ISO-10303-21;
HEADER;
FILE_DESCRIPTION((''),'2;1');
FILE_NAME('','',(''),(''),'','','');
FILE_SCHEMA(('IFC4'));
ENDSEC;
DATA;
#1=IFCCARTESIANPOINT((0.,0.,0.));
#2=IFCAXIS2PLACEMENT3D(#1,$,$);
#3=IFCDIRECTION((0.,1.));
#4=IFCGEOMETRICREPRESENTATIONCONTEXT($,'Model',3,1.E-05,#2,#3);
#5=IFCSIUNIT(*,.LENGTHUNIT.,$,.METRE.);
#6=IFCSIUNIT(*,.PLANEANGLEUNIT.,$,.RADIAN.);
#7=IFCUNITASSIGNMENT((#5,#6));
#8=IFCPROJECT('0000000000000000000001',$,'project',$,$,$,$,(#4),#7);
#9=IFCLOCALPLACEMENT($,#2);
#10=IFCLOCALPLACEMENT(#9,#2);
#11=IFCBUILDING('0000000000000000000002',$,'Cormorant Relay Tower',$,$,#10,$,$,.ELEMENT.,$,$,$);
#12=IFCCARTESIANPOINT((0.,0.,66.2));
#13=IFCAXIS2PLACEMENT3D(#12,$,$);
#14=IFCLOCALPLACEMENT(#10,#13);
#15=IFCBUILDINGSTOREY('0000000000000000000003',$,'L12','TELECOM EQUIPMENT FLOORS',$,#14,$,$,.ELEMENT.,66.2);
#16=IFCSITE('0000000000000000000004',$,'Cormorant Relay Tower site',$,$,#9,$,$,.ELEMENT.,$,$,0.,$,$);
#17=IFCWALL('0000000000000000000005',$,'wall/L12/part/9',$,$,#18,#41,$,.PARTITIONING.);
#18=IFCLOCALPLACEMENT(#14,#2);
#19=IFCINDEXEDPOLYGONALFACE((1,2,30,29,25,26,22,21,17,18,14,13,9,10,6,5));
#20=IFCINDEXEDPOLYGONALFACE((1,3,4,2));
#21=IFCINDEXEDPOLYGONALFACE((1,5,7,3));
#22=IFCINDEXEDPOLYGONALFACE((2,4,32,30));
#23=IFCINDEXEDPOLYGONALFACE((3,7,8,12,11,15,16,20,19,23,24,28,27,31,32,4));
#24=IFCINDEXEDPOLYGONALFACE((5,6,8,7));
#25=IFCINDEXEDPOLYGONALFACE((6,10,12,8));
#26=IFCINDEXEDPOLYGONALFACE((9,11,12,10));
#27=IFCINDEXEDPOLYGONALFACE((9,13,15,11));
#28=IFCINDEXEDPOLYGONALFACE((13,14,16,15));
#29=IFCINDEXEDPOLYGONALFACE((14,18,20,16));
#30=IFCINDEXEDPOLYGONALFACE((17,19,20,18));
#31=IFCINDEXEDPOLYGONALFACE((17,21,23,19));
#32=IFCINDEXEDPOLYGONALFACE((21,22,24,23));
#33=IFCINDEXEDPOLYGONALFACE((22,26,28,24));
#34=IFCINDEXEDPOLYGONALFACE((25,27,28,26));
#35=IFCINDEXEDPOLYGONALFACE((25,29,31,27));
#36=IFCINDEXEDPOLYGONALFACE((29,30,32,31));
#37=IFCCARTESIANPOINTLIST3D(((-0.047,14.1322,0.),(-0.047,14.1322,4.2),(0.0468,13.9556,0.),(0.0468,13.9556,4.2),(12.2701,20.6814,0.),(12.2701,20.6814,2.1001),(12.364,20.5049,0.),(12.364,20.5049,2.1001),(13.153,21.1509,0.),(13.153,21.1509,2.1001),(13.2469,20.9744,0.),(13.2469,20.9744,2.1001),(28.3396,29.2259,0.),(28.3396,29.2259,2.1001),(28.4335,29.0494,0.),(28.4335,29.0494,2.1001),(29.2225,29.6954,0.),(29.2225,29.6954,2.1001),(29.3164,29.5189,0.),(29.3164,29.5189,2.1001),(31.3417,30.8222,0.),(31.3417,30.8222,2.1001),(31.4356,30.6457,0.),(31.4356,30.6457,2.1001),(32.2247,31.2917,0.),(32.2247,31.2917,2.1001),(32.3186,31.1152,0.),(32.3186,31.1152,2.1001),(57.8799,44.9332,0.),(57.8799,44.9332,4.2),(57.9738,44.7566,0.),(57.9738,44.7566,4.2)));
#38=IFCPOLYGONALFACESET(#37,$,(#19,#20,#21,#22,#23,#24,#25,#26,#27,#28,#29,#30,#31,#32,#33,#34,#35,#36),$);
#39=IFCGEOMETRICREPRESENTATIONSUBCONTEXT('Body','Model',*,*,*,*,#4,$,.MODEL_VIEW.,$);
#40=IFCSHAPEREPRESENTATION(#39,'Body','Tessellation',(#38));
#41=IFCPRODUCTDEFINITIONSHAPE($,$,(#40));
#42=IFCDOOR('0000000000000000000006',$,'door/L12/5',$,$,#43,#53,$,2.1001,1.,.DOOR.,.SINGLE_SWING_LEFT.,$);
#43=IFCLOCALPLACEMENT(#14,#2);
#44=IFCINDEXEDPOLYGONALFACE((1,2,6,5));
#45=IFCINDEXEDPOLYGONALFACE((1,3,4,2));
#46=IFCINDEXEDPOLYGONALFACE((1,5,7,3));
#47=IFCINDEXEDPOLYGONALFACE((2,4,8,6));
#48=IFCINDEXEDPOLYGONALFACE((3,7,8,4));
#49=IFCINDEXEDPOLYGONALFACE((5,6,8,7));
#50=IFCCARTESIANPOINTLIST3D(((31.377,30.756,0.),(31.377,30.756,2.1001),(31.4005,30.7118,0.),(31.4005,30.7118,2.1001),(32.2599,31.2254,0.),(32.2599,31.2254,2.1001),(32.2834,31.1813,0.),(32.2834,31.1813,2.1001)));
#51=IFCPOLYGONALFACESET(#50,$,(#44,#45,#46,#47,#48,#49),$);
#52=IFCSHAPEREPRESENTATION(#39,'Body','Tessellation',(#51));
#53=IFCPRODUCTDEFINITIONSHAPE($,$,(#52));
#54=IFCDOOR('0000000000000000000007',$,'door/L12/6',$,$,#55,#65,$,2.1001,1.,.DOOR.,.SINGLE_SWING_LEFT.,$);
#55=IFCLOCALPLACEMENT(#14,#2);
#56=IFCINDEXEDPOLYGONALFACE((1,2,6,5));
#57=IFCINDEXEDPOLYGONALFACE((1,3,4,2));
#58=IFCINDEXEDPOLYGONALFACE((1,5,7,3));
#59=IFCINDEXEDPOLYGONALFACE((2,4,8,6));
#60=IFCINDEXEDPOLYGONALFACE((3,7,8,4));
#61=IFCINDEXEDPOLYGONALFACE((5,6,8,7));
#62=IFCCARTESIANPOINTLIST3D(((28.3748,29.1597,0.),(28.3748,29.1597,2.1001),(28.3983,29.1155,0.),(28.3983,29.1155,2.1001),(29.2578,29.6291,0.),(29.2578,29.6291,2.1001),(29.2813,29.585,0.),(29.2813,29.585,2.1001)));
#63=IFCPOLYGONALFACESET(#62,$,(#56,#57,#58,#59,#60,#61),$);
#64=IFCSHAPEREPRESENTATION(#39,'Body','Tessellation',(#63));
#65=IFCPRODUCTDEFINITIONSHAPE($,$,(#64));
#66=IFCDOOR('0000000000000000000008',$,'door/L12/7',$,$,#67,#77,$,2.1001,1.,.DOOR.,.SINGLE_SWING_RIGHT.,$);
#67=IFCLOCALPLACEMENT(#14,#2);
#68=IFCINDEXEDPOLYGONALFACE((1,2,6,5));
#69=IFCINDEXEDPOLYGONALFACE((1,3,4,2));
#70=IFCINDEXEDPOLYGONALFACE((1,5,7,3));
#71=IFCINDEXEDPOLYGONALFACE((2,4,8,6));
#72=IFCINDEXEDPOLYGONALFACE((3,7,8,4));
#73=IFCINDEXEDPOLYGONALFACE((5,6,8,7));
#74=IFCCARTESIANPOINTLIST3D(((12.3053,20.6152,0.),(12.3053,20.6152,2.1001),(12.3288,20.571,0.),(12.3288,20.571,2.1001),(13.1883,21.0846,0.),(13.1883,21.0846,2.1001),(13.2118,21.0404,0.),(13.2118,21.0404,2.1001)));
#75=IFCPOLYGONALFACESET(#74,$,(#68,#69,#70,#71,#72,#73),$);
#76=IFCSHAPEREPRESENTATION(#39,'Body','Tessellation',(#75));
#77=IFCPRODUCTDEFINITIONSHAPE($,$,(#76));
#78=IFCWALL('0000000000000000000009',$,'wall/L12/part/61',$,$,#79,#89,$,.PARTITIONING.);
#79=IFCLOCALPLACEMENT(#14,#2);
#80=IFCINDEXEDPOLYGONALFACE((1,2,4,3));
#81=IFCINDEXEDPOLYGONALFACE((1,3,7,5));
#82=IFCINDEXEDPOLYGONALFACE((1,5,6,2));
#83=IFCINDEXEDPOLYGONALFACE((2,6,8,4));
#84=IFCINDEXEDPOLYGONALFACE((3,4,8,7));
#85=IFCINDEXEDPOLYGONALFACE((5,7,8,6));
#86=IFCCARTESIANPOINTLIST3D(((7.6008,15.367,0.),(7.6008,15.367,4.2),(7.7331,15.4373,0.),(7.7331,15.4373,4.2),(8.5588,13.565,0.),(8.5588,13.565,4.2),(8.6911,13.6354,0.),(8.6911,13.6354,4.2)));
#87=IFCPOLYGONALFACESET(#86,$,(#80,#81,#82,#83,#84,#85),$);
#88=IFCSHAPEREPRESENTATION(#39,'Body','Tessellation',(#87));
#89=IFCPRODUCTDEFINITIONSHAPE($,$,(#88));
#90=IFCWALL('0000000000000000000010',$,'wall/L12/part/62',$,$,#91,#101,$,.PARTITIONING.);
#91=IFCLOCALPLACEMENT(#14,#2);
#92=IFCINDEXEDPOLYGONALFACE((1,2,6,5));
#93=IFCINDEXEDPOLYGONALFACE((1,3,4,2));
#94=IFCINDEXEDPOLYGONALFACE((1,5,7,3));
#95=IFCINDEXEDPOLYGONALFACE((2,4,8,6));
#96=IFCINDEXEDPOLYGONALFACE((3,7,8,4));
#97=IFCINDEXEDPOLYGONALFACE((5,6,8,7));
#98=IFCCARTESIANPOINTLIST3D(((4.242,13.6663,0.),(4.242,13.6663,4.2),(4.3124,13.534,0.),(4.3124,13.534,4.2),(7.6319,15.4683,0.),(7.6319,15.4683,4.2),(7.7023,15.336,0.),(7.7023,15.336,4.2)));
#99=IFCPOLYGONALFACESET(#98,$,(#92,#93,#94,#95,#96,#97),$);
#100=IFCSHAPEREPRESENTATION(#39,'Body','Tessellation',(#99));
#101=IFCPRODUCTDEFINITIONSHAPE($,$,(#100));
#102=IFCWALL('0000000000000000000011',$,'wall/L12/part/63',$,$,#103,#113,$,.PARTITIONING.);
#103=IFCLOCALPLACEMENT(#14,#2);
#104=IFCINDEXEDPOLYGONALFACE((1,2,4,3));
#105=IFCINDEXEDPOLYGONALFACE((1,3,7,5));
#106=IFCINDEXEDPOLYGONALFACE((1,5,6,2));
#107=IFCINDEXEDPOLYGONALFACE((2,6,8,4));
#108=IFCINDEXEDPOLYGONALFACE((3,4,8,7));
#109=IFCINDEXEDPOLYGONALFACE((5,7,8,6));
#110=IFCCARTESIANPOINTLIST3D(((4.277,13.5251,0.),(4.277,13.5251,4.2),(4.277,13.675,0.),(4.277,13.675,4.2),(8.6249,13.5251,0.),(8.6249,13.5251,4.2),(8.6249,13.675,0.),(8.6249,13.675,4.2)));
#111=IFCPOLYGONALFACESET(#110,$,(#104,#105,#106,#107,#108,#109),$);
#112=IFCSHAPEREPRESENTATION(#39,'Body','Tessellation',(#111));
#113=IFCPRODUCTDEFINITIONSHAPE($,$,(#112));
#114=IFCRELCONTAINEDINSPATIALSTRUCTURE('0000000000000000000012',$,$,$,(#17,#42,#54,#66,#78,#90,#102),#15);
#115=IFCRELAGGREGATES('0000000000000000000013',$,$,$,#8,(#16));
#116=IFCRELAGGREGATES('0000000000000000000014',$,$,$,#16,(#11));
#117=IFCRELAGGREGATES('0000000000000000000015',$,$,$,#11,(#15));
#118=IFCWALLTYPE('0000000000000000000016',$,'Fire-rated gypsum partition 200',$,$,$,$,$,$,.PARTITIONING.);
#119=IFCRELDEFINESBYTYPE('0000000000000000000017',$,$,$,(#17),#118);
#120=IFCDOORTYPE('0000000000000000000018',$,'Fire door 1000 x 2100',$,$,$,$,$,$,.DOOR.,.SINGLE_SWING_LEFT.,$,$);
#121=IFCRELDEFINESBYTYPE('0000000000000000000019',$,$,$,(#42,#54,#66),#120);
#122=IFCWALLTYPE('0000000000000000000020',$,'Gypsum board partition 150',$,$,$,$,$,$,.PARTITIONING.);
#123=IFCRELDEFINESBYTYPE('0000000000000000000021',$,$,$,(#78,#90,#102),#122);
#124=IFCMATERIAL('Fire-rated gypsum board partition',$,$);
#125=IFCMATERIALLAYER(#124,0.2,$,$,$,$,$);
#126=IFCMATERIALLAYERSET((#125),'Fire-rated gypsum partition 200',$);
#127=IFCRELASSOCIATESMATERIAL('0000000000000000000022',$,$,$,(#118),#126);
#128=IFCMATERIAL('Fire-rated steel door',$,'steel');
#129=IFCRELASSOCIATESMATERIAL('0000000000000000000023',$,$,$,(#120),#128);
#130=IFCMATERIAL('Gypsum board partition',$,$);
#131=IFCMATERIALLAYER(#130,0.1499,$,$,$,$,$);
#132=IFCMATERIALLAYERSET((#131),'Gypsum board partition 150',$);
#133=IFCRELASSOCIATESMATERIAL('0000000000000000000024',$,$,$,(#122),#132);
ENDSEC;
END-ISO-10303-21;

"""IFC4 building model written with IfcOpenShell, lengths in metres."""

from ifc_helpers import new_model, si_unit, direction, frame, frame_2d, origin, place, context, subcontext, project, spatial, rectangle, extrude, material, layer, layer_set, type_object, element, fill, save


model = new_model("IFC4")

# Units and contexts
model_context = context("Model", 3, precision=1e-05, world=origin(), true_north=direction((0.0, 1.0)))
body_context = subcontext(model_context, "Body", "Model", "MODEL_VIEW")
ifc_project = project(units=[si_unit("LENGTHUNIT", "METRE"), si_unit("PLANEANGLEUNIT", "RADIAN")], contexts=[model_context])

# Site, building, storey
site_placement = place(None, origin())
site = spatial("IfcSite", under=ifc_project, at=site_placement, Name="Cormorant Relay Tower site", CompositionType="ELEMENT", RefElevation=0.0)
building_placement = place(site_placement, origin())
building = spatial("IfcBuilding", under=site, at=building_placement, Name="Cormorant Relay Tower", CompositionType="ELEMENT")
storey_placement = place(building_placement, frame((0.0, 0.0, 66.2)))
storey = spatial("IfcBuildingStorey", under=building, at=storey_placement, Name="L12", Description="TELECOM EQUIPMENT FLOORS", CompositionType="ELEMENT", Elevation=66.2)

# Wall, openings, doors
ifc_material_1 = material(Name="Fire-rated gypsum board partition")
ifc_layer_1 = layer(ifc_material_1, 0.2)
ifc_layer_set_1 = layer_set([ifc_layer_1], Name="Fire-rated gypsum partition 200")
wall_type_1 = type_object("IfcWallType", Name="Fire-rated gypsum partition 200", PredefinedType="PARTITIONING", material=ifc_layer_set_1)
wall_1_placement = place(storey_placement, frame((0.0, 14.0439, 0.0), z_axis=(0.0, 0.0, 1.0), x_axis=(0.882943, 0.46948, 0.0)))
wall_1 = element("IfcWall", 1, at=wall_1_placement, inside=storey, type_object=wall_type_1, Name="wall/L12/part/9", PredefinedType="PARTITIONING", context=body_context, shape_type="SweptSolid", body=[
    extrude(rectangle(XDim=65.6067, YDim=0.2, at=frame_2d((32.8032, 0.0))), origin(), (0.0, 0.0, 1.0), 4.2),
])
opening_1_placement = place(wall_1_placement, frame((35.55, 0.0, 0.0)))
opening_1 = element("IfcOpeningElement", 2, at=opening_1_placement, cuts=wall_1, PredefinedType="OPENING", context=body_context, shape_type="SweptSolid", body=[
    extrude(rectangle(XDim=1.0, YDim=2.1001, at=frame_2d((0.5, 1.05))), frame((0.0, 0.1099, 0.0), z_axis=(0.0, -1.0, 0.0), x_axis=(1.0, 0.0, 0.0)), (0.0, 0.0, 1.0), 0.22),
])
opening_2_placement = place(wall_1_placement, frame((32.1499, 0.0, 0.0)))
opening_2 = element("IfcOpeningElement", 3, at=opening_2_placement, cuts=wall_1, PredefinedType="OPENING", context=body_context, shape_type="SweptSolid", body=[
    extrude(rectangle(XDim=1.0, YDim=2.1001, at=frame_2d((0.5, 1.05))), frame((0.0, 0.1099, 0.0), z_axis=(0.0, -1.0, 0.0), x_axis=(1.0, 0.0, 0.0)), (0.0, 0.0, 1.0), 0.22),
])
opening_3_placement = place(wall_1_placement, frame((13.95, 0.0, 0.0)))
opening_3 = element("IfcOpeningElement", 4, at=opening_3_placement, cuts=wall_1, PredefinedType="OPENING", context=body_context, shape_type="SweptSolid", body=[
    extrude(rectangle(XDim=1.0, YDim=2.1001, at=frame_2d((0.5, 1.05))), frame((0.0, 0.1099, 0.0), z_axis=(0.0, -1.0, 0.0), x_axis=(1.0, 0.0, 0.0)), (0.0, 0.0, 1.0), 0.22),
])
ifc_material_2 = material(Name="Fire-rated steel door", Category="steel")
door_type_1 = type_object("IfcDoorType", Name="Fire door 1000 x 2100", OperationType="SINGLE_SWING_LEFT", PredefinedType="DOOR", material=ifc_material_2)
door_1_placement = place(opening_1_placement, origin())
door_1 = element("IfcDoor", 5, at=door_1_placement, inside=storey, type_object=door_type_1, Name="door/L12/5", OperationType="SINGLE_SWING_LEFT", OverallHeight=2.1001, OverallWidth=1.0, PredefinedType="DOOR", context=body_context, shape_type="SweptSolid", body=[
    extrude(rectangle(XDim=1.0, YDim=2.1001, at=frame_2d((0.5, 1.05))), frame((0.0, 0.0249, 0.0), z_axis=(0.0, -1.0, 0.0), x_axis=(1.0, 0.0, 0.0)), (0.0, 0.0, 1.0), 0.05),
])
fill(opening_1, door_1)
door_2_placement = place(opening_2_placement, origin())
door_2 = element("IfcDoor", 6, at=door_2_placement, inside=storey, type_object=door_type_1, Name="door/L12/6", OperationType="SINGLE_SWING_LEFT", OverallHeight=2.1001, OverallWidth=1.0, PredefinedType="DOOR", context=body_context, shape_type="SweptSolid", body=[
    extrude(rectangle(XDim=1.0, YDim=2.1001, at=frame_2d((0.5, 1.05))), frame((0.0, 0.0249, 0.0), z_axis=(0.0, -1.0, 0.0), x_axis=(1.0, 0.0, 0.0)), (0.0, 0.0, 1.0), 0.05),
])
fill(opening_2, door_2)
door_3_placement = place(opening_3_placement, origin())
door_3 = element("IfcDoor", 7, at=door_3_placement, inside=storey, type_object=door_type_1, Name="door/L12/7", OperationType="SINGLE_SWING_RIGHT", OverallHeight=2.1001, OverallWidth=1.0, PredefinedType="DOOR", context=body_context, shape_type="SweptSolid", body=[
    extrude(rectangle(XDim=1.0, YDim=2.1001, at=frame_2d((0.5, 1.05))), frame((0.0, 0.0249, 0.0), z_axis=(0.0, -1.0, 0.0), x_axis=(1.0, 0.0, 0.0)), (0.0, 0.0, 1.0), 0.05),
])
fill(opening_3, door_3)

# Walls
ifc_material_3 = material(Name="Gypsum board partition")
ifc_layer_2 = layer(ifc_material_3, 0.1499)
ifc_layer_set_2 = layer_set([ifc_layer_2], Name="Gypsum board partition 150")
wall_type_2 = type_object("IfcWallType", Name="Gypsum board partition 150", PredefinedType="PARTITIONING", material=ifc_layer_set_2)
wall_2_placement = place(storey_placement, frame((8.625, 13.6001, 0.0), z_axis=(0.0, 0.0, 1.0), x_axis=(-0.469421, 0.882975, 0.0)))
element("IfcWall", 8, at=wall_2_placement, inside=storey, type_object=wall_type_2, Name="wall/L12/part/61", PredefinedType="PARTITIONING", context=body_context, shape_type="SweptSolid", body=[
    extrude(rectangle(XDim=2.0408, YDim=0.1499, at=frame_2d((1.0205, 0.0))), origin(), (0.0, 0.0, 1.0), 4.2),
])
wall_3_placement = place(storey_placement, frame((7.667, 15.4021, 0.0), z_axis=(0.0, 0.0, 1.0), x_axis=(-0.882995, -0.469383, 0.0)))
element("IfcWall", 9, at=wall_3_placement, inside=storey, type_object=wall_type_2, Name="wall/L12/part/62", PredefinedType="PARTITIONING", context=body_context, shape_type="SweptSolid", body=[
    extrude(rectangle(XDim=3.8391, YDim=0.1499, at=frame_2d((1.9194, 0.0))), origin(), (0.0, 0.0, 1.0), 4.2),
])
wall_4_placement = place(storey_placement, frame((4.2771, 13.6001, 0.0), z_axis=(0.0, 0.0, 1.0), x_axis=(1.0, 0.0, 0.0)))
element("IfcWall", 10, at=wall_4_placement, inside=storey, type_object=wall_type_2, Name="wall/L12/part/63", PredefinedType="PARTITIONING", context=body_context, shape_type="SweptSolid", body=[
    extrude(rectangle(XDim=4.3479, YDim=0.1499, at=frame_2d((2.1738, 0.0))), origin(), (0.0, 0.0, 1.0), 4.2),
])

save(model, "model.ifc")
